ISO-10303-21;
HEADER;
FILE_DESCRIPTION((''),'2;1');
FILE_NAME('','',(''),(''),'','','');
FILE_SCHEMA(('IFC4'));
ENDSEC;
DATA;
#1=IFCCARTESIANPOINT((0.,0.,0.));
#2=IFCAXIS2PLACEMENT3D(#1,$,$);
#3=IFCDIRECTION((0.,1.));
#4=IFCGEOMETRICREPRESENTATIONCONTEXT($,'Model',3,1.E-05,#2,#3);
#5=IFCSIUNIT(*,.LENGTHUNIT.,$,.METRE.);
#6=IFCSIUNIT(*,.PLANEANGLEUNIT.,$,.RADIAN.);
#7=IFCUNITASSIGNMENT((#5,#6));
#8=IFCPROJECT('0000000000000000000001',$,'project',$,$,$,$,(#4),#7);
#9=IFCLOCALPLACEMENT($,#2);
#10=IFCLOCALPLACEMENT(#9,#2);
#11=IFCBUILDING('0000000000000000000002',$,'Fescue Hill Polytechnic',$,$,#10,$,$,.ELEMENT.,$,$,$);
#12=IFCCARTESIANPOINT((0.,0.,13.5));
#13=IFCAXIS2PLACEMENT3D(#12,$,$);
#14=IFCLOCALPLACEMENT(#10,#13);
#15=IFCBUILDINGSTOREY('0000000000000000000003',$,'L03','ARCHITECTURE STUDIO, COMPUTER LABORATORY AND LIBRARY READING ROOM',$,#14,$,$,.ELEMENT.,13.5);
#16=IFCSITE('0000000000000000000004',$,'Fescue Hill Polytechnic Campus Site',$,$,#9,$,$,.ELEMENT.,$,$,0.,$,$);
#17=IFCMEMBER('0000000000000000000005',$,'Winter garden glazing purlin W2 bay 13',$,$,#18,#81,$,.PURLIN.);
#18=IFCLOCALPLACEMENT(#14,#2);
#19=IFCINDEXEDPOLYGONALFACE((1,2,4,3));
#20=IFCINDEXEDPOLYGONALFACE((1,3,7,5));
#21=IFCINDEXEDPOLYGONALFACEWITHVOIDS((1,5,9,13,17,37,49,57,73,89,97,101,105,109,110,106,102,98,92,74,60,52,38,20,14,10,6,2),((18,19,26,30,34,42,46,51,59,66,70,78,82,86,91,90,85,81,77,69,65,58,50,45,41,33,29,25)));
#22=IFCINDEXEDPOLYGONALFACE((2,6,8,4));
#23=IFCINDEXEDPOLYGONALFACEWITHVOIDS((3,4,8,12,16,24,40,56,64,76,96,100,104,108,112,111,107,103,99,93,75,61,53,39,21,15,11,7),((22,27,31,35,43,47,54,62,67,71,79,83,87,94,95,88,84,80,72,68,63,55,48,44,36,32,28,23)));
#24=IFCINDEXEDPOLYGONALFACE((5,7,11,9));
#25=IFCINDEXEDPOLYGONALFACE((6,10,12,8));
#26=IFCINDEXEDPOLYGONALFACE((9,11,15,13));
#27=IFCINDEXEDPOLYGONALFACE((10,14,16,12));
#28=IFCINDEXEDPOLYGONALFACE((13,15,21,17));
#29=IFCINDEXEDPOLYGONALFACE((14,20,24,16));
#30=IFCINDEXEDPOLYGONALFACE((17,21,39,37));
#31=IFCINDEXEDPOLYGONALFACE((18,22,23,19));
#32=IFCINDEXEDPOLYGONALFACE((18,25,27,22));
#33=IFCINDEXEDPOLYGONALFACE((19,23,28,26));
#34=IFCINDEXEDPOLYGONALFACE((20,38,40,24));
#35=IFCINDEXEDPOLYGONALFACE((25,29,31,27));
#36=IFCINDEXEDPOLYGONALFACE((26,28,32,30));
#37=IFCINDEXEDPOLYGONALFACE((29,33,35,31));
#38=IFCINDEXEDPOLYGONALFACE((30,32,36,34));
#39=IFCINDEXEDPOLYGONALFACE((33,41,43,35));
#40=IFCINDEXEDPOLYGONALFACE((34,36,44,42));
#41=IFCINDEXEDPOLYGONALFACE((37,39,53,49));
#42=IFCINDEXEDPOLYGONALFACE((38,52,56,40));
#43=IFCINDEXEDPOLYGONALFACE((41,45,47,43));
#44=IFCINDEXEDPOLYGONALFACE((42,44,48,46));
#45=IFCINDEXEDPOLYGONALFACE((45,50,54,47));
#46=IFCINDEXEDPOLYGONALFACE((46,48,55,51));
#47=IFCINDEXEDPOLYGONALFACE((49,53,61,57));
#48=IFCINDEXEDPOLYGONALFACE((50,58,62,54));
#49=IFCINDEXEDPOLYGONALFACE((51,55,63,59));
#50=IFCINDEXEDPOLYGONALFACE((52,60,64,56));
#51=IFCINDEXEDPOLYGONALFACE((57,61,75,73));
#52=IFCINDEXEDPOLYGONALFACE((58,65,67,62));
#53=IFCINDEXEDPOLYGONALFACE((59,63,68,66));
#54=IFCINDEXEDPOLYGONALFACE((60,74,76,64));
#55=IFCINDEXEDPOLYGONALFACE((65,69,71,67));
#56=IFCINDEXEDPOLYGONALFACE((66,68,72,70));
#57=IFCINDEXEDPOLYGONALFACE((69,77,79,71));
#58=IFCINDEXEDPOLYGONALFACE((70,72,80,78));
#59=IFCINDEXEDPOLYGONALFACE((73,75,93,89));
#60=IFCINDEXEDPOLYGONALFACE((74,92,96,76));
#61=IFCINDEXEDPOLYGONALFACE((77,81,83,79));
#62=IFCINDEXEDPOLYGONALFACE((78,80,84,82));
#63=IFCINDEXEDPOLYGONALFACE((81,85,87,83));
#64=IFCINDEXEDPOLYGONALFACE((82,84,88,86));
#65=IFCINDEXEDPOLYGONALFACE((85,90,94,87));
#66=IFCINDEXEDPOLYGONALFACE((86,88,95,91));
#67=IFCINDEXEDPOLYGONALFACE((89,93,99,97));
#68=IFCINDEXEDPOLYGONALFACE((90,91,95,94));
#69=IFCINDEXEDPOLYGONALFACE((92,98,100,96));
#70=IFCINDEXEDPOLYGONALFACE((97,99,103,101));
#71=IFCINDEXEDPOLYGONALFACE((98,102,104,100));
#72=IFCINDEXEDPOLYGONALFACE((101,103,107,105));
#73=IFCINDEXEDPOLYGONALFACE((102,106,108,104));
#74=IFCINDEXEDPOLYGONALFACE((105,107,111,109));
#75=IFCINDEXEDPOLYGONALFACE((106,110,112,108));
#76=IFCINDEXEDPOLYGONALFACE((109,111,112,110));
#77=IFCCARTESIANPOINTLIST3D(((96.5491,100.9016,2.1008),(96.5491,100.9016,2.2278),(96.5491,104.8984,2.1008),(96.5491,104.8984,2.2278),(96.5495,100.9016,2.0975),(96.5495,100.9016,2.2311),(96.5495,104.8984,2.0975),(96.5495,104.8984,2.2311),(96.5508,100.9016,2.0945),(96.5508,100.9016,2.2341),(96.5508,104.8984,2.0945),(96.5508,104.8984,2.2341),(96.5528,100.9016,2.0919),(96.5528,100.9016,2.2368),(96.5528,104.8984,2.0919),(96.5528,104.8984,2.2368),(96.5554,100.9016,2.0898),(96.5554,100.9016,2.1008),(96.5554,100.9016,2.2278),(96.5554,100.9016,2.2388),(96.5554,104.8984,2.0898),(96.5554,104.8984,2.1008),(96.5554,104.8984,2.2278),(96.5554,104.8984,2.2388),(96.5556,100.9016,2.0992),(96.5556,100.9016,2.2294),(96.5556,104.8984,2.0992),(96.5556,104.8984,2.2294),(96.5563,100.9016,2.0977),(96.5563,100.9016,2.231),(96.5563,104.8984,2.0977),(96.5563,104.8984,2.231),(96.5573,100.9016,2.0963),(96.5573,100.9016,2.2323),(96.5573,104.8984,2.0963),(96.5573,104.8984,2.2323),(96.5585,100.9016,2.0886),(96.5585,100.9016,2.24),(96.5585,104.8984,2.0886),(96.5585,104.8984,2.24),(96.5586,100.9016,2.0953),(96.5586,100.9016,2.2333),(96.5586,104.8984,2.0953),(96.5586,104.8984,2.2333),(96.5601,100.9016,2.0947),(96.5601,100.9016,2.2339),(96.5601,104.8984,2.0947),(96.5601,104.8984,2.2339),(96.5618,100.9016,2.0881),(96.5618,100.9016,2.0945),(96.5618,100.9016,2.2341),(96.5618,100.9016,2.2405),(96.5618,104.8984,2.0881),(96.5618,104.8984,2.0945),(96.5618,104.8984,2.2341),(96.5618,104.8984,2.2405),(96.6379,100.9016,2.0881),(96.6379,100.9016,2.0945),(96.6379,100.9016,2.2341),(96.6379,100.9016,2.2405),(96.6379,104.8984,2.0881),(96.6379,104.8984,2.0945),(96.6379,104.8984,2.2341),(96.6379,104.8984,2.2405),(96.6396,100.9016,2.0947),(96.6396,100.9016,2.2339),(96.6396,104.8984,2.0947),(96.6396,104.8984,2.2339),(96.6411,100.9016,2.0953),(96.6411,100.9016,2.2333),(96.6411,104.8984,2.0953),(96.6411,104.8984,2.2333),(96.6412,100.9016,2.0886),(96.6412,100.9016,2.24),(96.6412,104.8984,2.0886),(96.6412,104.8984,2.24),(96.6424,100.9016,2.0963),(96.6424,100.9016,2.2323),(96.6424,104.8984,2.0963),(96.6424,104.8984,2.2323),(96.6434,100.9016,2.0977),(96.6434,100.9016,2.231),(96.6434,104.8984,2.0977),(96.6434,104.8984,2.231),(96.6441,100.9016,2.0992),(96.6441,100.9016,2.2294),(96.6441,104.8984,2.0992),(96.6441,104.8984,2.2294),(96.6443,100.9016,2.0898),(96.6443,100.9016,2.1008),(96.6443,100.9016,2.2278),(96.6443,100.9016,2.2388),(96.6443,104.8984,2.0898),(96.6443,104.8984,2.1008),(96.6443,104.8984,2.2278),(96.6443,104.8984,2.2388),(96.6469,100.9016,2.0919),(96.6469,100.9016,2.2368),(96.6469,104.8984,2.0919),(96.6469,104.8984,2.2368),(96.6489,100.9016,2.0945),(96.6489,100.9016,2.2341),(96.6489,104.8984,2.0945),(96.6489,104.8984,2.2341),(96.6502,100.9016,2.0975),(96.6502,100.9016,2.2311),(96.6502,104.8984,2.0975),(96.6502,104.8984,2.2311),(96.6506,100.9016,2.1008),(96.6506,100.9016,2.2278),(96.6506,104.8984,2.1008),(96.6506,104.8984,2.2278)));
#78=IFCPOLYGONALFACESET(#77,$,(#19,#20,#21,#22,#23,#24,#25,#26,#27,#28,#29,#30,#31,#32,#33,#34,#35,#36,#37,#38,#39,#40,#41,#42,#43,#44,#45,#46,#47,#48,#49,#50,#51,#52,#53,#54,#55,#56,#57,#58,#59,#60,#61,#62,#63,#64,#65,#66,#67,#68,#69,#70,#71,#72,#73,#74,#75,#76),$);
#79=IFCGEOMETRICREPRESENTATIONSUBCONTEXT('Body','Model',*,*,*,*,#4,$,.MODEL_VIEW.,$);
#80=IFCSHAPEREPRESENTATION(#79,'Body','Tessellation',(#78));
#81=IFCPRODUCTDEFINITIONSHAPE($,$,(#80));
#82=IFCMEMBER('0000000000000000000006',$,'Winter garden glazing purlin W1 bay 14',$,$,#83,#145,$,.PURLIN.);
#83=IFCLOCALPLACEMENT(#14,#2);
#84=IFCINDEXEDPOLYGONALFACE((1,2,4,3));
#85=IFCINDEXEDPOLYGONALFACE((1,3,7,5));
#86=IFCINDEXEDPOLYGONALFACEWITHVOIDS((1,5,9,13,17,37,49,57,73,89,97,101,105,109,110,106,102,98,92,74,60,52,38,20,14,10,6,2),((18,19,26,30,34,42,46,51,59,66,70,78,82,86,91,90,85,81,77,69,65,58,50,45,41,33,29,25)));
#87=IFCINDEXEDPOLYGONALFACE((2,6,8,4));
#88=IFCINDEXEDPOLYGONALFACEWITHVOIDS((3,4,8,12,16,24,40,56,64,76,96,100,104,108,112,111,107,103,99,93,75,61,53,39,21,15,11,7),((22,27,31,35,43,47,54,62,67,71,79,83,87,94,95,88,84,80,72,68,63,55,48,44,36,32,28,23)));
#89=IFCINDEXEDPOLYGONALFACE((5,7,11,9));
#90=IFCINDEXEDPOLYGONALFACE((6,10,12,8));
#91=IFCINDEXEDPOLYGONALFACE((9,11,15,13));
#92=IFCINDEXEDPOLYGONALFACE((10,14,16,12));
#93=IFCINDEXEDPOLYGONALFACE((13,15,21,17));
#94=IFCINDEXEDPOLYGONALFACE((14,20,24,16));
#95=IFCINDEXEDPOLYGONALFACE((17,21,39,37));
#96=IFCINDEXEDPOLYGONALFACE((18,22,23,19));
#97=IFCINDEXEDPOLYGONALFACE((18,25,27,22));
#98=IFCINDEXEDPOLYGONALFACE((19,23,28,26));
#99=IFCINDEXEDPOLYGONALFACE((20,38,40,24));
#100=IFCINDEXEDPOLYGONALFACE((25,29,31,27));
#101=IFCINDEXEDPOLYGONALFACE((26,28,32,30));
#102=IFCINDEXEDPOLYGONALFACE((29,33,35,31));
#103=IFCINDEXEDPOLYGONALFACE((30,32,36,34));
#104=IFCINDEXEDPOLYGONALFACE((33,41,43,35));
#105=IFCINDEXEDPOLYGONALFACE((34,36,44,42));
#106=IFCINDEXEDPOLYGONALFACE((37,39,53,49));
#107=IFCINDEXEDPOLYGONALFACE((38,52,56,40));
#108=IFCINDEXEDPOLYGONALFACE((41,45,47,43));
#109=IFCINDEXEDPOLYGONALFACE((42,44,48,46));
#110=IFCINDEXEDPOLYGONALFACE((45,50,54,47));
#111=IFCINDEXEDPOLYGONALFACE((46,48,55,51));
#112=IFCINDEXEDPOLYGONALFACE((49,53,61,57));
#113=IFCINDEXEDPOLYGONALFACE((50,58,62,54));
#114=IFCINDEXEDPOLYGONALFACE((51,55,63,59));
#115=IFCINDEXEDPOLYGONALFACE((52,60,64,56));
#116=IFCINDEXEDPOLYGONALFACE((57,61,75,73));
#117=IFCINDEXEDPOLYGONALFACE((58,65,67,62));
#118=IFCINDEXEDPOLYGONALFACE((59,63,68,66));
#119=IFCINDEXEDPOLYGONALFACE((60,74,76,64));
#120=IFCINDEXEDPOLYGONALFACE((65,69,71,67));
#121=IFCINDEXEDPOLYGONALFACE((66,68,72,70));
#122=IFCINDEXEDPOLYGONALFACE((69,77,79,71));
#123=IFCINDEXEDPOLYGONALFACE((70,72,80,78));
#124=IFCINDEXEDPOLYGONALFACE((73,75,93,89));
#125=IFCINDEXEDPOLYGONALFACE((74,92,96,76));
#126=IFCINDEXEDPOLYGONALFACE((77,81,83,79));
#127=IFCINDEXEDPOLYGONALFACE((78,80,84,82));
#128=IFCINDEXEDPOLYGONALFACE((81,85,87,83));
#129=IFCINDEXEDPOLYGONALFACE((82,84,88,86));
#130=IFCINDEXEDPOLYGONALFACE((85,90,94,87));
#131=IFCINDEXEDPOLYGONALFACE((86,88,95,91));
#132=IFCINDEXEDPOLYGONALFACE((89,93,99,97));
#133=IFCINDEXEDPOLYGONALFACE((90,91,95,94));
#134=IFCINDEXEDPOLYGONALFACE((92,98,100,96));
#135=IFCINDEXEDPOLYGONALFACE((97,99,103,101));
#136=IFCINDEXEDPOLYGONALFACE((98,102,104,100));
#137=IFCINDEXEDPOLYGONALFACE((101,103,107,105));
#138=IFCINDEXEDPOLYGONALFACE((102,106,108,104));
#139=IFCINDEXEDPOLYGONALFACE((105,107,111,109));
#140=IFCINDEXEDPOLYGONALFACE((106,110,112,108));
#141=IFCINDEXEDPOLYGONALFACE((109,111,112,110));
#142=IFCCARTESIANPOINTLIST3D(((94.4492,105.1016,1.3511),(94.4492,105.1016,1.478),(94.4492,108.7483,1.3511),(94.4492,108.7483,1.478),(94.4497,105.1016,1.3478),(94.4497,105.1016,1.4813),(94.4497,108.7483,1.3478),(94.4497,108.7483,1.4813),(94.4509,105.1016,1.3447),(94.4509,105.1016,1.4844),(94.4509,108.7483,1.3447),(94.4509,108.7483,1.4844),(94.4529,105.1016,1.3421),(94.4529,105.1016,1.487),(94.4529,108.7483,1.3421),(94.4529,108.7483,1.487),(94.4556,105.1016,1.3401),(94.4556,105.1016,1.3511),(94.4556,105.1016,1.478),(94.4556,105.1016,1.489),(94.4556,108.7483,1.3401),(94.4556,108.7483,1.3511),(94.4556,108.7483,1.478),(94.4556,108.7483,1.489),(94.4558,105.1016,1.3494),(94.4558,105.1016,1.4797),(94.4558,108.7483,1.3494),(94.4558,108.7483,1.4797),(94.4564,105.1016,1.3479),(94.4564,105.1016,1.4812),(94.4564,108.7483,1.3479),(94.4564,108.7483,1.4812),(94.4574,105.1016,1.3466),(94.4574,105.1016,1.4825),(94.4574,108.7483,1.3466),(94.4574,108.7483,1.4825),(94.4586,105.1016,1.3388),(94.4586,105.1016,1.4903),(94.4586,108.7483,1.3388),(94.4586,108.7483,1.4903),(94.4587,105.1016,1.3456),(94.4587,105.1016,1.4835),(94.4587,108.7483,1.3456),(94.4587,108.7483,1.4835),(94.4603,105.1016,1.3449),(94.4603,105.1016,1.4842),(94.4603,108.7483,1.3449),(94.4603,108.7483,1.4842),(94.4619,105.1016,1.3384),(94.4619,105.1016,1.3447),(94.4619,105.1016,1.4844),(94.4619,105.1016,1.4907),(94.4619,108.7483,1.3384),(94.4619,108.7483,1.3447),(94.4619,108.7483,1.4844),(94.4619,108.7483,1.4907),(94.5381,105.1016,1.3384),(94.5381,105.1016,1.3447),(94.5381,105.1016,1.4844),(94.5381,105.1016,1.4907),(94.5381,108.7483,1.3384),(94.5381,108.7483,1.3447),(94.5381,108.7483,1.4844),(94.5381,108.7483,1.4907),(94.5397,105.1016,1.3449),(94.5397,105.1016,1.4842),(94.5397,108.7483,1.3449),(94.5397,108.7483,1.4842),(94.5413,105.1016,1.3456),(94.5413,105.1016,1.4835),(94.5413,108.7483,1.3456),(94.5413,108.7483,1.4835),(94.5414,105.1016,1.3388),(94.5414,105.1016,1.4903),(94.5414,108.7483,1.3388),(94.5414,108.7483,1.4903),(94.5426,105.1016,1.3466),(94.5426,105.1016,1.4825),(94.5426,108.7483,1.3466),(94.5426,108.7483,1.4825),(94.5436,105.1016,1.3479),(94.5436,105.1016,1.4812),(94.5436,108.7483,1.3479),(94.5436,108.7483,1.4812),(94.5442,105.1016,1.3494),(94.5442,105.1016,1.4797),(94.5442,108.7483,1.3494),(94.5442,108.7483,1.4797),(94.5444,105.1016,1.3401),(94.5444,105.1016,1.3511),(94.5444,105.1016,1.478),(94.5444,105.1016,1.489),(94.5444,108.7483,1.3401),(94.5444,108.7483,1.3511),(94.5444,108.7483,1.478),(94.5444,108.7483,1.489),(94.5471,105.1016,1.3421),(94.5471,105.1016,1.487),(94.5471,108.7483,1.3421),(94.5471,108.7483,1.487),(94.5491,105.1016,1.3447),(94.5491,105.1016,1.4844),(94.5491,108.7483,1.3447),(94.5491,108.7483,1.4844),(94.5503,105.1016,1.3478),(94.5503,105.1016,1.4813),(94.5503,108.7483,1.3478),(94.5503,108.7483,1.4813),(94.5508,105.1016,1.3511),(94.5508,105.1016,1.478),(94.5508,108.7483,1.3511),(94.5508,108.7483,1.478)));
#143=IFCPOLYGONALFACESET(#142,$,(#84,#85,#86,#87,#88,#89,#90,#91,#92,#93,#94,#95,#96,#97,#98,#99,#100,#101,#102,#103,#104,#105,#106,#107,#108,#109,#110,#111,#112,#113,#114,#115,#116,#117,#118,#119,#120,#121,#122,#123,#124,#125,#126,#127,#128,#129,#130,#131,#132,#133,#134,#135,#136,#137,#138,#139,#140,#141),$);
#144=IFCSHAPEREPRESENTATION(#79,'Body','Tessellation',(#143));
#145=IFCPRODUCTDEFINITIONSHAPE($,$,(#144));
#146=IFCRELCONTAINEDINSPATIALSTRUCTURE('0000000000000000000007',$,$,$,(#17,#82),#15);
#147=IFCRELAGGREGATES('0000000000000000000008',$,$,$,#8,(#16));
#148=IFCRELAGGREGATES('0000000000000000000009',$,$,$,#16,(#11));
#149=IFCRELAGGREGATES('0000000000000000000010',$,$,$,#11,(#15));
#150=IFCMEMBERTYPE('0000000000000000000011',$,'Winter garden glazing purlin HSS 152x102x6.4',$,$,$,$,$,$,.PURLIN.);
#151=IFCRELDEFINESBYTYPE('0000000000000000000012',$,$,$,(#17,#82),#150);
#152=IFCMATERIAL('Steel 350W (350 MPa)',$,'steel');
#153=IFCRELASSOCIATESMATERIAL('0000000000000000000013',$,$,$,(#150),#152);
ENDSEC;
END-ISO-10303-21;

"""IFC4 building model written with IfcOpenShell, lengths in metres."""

from ifc_helpers import new_model, si_unit, direction, frame, origin, origin_2d, place, context, subcontext, project, spatial, hollow_rectangle, extrude, material, material_profile, profile_set, type_object, element, save


model = new_model("IFC4")

# Units and contexts
model_context = context("Model", 3, precision=1e-05, world=origin(), true_north=direction((0.0, 1.0)))
body_context = subcontext(model_context, "Body", "Model", "MODEL_VIEW")
ifc_project = project(units=[si_unit("LENGTHUNIT", "METRE"), si_unit("PLANEANGLEUNIT", "RADIAN")], contexts=[model_context])

# Site, building, storey
site_placement = place(None, origin())
site = spatial("IfcSite", under=ifc_project, at=site_placement, Name="Fescue Hill Polytechnic Campus Site", CompositionType="ELEMENT", RefElevation=0.0)
building_placement = place(site_placement, origin())
building = spatial("IfcBuilding", under=site, at=building_placement, Name="Fescue Hill Polytechnic", CompositionType="ELEMENT")
storey_placement = place(building_placement, frame((0.0, 0.0, 13.5)))
storey = spatial("IfcBuildingStorey", under=building, at=storey_placement, Name="L03", Description="ARCHITECTURE STUDIO, COMPUTER LABORATORY AND LIBRARY READING ROOM", CompositionType="ELEMENT", Elevation=13.5)

# Members
ifc_material_1 = material(Name="Steel 350W (350 MPa)", Category="steel")
ifc_material_profile_1 = material_profile(ifc_material_1, hollow_rectangle(XDim=0.1016, YDim=0.1523, WallThickness=0.0063, InnerFilletRadius=0.0063, OuterFilletRadius=0.0127, at=origin_2d()), Name="Winter garden glazing purlin HSS 152x102x6.4")
ifc_profile_set_1 = profile_set([ifc_material_profile_1], Name="Steel 350W (350 MPa)")
member_type_1 = type_object("IfcMemberType", Name="Winter garden glazing purlin HSS 152x102x6.4", PredefinedType="PURLIN", material=ifc_profile_set_1)
for number, where, z_axis, x_axis, name in (
    (1, (96.5999, 100.9016, 2.1643), (0.0, 1.0, 0.0), (-1.0, 0.0, 0.0), "Winter garden glazing purlin W2 bay 13"),
):
    element("IfcMember", number, at=place(storey_placement, frame(where, z_axis=z_axis, x_axis=x_axis)), inside=storey, type_object=member_type_1, Name=name, PredefinedType="PURLIN", context=body_context, shape_type="SweptSolid", body=[
        extrude(hollow_rectangle(XDim=0.1016, YDim=0.1523, WallThickness=0.0063, InnerFilletRadius=0.0063, OuterFilletRadius=0.0127, at=origin_2d()), origin(), (0.0, 0.0, 1.0), 3.9968),
    ])
for number, where, z_axis, x_axis, name in (
    (2, (94.5, 105.1016, 1.4146), (0.0, 1.0, 0.0), (-1.0, 0.0, 0.0), "Winter garden glazing purlin W1 bay 14"),
):
    element("IfcMember", number, at=place(storey_placement, frame(where, z_axis=z_axis, x_axis=x_axis)), inside=storey, type_object=member_type_1, Name=name, PredefinedType="PURLIN", context=body_context, shape_type="SweptSolid", body=[
        extrude(hollow_rectangle(XDim=0.1016, YDim=0.1523, WallThickness=0.0063, InnerFilletRadius=0.0063, OuterFilletRadius=0.0127, at=origin_2d()), origin(), (0.0, 0.0, 1.0), 3.6467),
    ])

save(model, "model.ifc")
